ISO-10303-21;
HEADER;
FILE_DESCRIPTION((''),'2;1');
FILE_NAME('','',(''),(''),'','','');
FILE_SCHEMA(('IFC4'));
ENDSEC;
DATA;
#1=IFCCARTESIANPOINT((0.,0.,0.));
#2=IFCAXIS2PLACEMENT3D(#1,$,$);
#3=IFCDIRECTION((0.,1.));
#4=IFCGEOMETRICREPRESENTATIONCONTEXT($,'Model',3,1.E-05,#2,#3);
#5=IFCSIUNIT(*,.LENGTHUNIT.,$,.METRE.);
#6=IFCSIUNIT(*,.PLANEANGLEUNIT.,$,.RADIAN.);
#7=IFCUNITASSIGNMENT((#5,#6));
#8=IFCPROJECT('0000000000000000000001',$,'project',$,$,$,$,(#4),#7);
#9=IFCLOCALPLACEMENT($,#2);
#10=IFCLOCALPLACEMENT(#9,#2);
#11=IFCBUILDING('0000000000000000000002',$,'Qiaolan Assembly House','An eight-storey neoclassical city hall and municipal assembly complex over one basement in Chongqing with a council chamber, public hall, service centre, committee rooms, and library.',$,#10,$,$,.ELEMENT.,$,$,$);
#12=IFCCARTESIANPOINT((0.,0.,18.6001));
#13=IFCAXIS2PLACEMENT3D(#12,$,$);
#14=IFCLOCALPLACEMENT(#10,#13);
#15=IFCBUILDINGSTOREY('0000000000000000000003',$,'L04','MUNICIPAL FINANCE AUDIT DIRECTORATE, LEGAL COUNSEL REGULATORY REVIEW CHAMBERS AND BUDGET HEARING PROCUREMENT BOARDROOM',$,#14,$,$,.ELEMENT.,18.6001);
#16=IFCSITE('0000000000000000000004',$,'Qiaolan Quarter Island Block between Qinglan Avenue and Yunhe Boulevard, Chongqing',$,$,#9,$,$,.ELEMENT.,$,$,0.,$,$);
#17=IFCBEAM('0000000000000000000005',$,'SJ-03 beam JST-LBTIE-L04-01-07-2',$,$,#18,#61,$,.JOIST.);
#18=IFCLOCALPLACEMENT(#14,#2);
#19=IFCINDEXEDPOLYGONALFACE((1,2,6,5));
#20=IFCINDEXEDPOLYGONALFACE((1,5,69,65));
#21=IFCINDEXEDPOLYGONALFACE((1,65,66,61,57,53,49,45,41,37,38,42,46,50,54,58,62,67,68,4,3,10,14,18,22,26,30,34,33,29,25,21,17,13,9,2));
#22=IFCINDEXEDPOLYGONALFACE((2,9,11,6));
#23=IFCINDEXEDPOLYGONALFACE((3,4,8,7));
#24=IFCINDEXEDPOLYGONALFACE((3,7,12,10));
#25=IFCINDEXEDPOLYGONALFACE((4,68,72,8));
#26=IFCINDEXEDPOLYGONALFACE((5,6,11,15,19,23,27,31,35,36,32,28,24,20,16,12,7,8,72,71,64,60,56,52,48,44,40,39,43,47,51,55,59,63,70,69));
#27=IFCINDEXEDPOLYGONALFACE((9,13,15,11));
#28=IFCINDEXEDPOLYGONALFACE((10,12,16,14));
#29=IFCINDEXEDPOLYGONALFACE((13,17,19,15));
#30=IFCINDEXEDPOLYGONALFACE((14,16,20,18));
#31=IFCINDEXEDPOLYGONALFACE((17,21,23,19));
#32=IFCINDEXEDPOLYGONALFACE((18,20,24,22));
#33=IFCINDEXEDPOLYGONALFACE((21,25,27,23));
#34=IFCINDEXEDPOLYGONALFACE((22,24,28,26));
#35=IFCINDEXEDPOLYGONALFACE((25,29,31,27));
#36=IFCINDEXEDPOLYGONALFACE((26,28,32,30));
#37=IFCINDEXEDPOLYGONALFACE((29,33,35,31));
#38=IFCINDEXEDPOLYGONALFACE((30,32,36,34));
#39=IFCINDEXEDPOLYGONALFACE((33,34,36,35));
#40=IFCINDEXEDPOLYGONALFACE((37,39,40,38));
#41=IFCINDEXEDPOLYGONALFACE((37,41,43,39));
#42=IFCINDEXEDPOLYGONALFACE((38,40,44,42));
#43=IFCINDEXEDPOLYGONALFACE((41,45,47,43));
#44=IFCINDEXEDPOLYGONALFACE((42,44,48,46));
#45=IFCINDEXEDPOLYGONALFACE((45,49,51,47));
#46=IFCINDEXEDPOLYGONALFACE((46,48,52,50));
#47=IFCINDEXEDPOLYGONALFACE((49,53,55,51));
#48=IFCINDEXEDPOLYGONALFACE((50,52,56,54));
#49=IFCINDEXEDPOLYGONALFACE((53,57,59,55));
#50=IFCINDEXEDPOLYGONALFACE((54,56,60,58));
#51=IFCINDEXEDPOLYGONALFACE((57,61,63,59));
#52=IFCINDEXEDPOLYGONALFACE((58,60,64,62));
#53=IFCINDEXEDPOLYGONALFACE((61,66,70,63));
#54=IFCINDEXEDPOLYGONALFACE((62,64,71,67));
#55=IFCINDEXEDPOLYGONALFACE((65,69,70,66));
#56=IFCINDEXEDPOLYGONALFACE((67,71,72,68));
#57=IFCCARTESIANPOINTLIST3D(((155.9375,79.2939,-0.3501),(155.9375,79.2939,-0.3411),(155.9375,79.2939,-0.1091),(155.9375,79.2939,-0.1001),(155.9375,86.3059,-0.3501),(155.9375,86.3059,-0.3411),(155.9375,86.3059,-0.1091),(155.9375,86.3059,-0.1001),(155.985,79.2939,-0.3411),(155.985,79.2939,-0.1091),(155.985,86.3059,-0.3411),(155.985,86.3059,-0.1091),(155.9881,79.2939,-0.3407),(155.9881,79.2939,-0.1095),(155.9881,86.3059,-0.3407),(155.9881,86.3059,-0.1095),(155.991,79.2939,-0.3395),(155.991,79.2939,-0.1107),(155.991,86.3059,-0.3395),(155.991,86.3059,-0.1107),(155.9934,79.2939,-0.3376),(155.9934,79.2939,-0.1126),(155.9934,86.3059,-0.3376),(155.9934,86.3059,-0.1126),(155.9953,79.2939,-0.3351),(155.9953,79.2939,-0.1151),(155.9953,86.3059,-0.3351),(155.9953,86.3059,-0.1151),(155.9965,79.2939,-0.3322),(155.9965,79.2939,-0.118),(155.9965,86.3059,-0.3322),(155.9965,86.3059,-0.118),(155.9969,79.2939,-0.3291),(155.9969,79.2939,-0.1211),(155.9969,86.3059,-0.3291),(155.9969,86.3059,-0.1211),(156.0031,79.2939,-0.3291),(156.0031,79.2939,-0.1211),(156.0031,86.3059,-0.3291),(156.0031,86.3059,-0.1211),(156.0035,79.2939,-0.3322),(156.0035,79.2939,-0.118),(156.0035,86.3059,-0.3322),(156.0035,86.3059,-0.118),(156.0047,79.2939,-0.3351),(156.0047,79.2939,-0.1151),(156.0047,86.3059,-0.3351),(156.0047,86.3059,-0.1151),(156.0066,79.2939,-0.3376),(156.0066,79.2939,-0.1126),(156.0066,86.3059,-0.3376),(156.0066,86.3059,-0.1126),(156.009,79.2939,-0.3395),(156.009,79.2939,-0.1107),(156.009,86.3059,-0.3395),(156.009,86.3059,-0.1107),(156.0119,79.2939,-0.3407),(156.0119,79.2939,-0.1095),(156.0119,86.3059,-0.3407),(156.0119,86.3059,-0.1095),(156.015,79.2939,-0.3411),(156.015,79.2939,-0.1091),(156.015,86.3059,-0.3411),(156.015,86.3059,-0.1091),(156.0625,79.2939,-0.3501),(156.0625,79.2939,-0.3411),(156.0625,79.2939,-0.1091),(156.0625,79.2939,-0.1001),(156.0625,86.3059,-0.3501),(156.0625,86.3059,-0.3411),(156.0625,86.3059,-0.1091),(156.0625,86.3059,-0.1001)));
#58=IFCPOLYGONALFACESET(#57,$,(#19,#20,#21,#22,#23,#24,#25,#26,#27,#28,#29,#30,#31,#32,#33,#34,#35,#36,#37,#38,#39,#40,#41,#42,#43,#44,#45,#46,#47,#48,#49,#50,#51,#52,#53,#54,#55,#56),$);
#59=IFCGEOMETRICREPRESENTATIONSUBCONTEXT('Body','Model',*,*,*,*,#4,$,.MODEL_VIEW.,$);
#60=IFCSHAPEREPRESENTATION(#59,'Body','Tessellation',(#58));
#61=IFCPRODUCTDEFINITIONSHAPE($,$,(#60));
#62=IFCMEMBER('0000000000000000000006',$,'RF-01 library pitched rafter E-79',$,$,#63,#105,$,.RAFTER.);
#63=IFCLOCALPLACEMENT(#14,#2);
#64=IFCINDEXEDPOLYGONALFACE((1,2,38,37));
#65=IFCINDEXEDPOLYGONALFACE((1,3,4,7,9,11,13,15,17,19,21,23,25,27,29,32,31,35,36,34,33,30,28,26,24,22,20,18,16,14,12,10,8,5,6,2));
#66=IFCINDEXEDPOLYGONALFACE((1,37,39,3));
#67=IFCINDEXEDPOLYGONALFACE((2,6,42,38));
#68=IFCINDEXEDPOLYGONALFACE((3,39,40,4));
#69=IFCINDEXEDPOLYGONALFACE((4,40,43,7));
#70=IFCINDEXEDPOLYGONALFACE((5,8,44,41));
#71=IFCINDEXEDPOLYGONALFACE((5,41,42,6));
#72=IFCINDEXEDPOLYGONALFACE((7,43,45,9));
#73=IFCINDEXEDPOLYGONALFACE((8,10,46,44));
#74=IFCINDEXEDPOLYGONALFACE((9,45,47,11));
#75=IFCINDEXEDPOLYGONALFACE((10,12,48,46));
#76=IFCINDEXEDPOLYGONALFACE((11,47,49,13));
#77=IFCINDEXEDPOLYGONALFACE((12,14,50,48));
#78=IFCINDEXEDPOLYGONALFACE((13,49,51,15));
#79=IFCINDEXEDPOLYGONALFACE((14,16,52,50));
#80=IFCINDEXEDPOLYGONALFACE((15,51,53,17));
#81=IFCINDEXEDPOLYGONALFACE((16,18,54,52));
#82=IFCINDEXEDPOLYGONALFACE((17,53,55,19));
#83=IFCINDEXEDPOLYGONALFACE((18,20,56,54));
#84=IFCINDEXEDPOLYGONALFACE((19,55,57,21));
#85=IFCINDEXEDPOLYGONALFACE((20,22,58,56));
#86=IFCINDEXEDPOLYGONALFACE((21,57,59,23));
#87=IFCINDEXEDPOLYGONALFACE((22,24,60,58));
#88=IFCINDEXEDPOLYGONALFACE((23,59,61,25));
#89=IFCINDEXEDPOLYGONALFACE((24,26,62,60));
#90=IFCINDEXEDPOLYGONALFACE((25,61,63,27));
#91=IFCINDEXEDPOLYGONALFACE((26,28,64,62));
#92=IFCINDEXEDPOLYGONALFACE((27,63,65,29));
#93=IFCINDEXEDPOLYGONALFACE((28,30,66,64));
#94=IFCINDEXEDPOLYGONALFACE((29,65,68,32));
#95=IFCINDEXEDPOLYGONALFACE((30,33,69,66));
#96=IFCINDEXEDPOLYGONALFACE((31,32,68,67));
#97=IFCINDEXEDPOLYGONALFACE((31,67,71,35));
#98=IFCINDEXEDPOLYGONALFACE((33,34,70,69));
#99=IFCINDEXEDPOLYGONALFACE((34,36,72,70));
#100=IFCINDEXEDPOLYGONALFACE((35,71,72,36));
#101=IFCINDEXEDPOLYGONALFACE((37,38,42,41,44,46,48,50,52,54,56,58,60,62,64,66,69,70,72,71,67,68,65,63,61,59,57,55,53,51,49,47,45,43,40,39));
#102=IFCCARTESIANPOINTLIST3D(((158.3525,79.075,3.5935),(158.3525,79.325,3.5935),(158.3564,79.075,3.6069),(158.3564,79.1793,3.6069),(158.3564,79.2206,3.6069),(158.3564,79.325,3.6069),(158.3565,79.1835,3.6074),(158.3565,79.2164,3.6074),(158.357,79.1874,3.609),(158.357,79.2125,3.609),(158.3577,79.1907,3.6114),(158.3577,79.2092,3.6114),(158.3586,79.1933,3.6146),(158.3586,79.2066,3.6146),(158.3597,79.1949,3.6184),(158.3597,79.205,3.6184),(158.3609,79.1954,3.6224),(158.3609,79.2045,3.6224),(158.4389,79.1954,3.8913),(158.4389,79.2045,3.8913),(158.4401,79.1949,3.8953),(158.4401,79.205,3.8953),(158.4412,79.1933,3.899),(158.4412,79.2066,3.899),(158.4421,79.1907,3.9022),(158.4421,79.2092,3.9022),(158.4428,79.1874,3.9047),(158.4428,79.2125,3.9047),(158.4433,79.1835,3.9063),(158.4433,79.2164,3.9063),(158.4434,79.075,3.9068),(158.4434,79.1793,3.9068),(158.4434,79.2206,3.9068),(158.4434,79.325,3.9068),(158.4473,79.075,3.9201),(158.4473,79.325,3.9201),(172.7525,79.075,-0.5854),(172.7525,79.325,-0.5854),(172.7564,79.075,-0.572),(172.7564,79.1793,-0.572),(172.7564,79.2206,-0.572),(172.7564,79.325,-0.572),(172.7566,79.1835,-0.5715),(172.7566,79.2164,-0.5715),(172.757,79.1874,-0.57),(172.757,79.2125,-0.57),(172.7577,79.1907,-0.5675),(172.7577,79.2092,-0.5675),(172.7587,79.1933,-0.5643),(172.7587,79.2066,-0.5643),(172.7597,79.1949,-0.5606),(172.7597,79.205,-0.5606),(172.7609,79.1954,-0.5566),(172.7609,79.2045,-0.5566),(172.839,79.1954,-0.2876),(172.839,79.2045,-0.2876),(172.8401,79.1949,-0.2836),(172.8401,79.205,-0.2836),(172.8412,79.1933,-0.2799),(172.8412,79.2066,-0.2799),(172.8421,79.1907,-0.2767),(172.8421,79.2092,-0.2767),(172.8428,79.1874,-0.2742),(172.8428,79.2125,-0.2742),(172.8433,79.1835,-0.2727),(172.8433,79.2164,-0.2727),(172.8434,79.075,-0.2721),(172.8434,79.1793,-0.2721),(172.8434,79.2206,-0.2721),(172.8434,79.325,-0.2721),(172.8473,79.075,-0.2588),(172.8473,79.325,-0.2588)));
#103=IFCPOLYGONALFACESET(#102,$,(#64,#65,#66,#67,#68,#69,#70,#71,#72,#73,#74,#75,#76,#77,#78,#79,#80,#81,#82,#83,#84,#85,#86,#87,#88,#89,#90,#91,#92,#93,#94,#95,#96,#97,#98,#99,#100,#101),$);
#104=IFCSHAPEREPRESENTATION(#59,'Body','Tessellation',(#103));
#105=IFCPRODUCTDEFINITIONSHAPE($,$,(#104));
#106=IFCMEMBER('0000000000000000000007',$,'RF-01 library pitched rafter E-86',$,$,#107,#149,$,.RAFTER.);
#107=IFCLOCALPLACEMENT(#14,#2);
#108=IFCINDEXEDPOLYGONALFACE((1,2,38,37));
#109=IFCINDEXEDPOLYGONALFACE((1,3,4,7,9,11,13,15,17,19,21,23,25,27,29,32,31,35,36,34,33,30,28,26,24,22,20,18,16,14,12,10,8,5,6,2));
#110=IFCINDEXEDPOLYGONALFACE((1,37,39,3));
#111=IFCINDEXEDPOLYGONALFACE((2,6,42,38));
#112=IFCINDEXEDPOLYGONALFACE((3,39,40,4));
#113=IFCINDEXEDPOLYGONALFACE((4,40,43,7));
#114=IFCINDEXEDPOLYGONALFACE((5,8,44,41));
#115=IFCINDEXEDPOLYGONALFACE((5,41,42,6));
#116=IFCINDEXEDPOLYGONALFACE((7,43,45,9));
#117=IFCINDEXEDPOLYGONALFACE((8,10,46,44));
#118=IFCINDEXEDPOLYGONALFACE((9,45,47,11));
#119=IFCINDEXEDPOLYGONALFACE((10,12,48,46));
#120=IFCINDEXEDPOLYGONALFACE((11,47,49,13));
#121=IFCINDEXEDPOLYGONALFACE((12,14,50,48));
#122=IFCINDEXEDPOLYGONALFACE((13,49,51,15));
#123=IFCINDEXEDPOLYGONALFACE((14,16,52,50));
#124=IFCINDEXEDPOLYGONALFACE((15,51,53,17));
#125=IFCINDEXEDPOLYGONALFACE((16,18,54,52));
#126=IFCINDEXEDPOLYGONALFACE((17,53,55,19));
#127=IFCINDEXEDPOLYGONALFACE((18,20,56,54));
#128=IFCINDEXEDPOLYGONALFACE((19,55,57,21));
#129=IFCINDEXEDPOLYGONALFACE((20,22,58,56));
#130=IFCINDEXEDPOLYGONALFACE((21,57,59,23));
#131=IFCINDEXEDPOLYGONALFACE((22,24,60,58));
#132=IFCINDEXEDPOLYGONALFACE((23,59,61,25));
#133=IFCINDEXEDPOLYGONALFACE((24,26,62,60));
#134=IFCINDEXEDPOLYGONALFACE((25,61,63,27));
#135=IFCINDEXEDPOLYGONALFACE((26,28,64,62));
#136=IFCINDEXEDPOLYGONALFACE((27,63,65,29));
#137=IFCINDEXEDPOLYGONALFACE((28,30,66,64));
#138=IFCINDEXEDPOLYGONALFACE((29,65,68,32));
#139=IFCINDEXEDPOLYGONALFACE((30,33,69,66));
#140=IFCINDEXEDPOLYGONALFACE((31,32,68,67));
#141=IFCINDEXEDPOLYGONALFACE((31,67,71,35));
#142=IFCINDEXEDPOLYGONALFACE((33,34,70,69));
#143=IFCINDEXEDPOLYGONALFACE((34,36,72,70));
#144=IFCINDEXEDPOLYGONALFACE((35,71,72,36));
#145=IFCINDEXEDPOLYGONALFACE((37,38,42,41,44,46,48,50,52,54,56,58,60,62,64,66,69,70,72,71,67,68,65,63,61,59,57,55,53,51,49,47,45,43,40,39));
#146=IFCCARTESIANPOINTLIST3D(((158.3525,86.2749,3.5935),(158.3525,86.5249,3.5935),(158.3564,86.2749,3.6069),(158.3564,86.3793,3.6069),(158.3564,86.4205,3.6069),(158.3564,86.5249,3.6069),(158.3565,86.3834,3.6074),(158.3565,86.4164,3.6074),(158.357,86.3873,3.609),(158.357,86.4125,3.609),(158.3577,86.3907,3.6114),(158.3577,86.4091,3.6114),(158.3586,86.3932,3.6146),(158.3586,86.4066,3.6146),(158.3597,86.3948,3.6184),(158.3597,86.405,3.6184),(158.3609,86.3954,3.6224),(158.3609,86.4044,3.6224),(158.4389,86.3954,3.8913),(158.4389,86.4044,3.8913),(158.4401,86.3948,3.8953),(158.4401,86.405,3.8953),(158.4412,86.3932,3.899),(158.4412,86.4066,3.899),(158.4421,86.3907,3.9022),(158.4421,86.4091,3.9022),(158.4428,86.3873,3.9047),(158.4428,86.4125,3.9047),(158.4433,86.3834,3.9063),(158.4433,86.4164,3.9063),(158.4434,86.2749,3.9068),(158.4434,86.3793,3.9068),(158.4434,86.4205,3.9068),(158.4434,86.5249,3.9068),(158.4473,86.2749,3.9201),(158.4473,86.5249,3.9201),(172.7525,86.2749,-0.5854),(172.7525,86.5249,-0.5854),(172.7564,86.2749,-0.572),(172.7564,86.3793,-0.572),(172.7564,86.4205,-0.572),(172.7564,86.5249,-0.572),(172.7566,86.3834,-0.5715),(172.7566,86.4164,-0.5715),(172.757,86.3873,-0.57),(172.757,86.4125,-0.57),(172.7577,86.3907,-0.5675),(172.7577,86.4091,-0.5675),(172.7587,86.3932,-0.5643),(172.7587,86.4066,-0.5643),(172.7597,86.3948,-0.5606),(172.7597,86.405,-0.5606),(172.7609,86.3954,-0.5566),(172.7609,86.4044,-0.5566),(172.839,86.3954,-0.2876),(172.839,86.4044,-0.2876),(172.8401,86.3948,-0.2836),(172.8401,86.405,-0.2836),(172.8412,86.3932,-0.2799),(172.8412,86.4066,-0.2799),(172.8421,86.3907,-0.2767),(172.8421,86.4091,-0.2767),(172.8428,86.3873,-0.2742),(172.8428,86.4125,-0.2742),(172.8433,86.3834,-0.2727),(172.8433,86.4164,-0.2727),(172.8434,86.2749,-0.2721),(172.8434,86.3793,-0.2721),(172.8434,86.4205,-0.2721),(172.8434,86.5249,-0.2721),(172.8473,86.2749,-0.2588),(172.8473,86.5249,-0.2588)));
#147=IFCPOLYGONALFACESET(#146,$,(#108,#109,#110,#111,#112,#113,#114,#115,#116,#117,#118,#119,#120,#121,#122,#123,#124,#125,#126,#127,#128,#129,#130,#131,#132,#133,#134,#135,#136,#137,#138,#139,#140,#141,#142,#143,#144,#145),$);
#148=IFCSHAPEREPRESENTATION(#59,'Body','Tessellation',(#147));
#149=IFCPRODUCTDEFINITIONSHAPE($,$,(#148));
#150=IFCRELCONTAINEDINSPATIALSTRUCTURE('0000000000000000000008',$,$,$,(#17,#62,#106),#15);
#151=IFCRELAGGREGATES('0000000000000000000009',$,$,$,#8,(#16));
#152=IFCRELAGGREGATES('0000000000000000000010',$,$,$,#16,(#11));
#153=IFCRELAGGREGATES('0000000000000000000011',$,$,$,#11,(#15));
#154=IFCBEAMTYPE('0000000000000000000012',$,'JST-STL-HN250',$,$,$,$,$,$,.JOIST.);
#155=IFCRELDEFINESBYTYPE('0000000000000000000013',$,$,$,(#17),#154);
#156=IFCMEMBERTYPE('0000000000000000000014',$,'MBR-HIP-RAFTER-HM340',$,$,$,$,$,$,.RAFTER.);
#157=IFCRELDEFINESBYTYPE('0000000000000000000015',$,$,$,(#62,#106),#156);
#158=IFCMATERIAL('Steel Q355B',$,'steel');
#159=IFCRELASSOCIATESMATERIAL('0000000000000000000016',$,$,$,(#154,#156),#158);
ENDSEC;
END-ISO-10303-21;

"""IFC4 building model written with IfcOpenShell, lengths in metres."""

from ifc_helpers import new_model, si_unit, direction, frame, origin, origin_2d, place, context, subcontext, project, spatial, i_section, extrude, material, material_profile, profile_set, type_object, element, save


model = new_model("IFC4")

# Units and contexts
model_context = context("Model", 3, precision=1e-05, world=origin(), true_north=direction((0.0, 1.0)))
body_context = subcontext(model_context, "Body", "Model", "MODEL_VIEW")
ifc_project = project(units=[si_unit("LENGTHUNIT", "METRE"), si_unit("PLANEANGLEUNIT", "RADIAN")], contexts=[model_context])

# Site, building, storey
site_placement = place(None, origin())
site = spatial("IfcSite", under=ifc_project, at=site_placement, Name="Qiaolan Quarter Island Block between Qinglan Avenue and Yunhe Boulevard, Chongqing", CompositionType="ELEMENT", RefElevation=0.0)
building_placement = place(site_placement, origin())
building = spatial("IfcBuilding", under=site, at=building_placement, Name="Qiaolan Assembly House", Description="An eight-storey neoclassical city hall and municipal assembly complex over one basement in Chongqing with a council chamber, public hall, service centre, committee rooms, and library.", CompositionType="ELEMENT")
storey_placement = place(building_placement, frame((0.0, 0.0, 18.6001)))
storey = spatial("IfcBuildingStorey", under=building, at=storey_placement, Name="L04", Description="MUNICIPAL FINANCE AUDIT DIRECTORATE, LEGAL COUNSEL REGULATORY REVIEW CHAMBERS AND BUDGET HEARING PROCUREMENT BOARDROOM", CompositionType="ELEMENT", Elevation=18.6001)

# Shared definitions
ifc_material = material(Name="Steel Q355B", Category="steel")

# Beam
ifc_material_profile_1 = material_profile(ifc_material, i_section(OverallWidth=0.125, OverallDepth=0.25, WebThickness=0.0061, FlangeThickness=0.009, FilletRadius=0.012, at=origin_2d()), Name="HN 250x125x6x9")
ifc_profile_set_1 = profile_set([ifc_material_profile_1], Name="Steel Q355B")
beam_type_1 = type_object("IfcBeamType", Name="JST-STL-HN250", PredefinedType="JOIST", material=ifc_profile_set_1)
for number, where, z_axis, x_axis, name in (
    (1, (156.0, 79.2939, -0.2251), (0.0, 1.0, 0.0), (-1.0, 0.0, 0.0), "SJ-03 beam JST-LBTIE-L04-01-07-2"),
):
    element("IfcBeam", number, at=place(storey_placement, frame(where, z_axis=z_axis, x_axis=x_axis)), inside=storey, type_object=beam_type_1, Name=name, PredefinedType="JOIST", context=body_context, shape_type="SweptSolid", body=[
        extrude(i_section(OverallWidth=0.125, OverallDepth=0.25, WebThickness=0.0061, FlangeThickness=0.009, FilletRadius=0.012, at=origin_2d()), origin(), (0.0, 0.0, 1.0), 7.012),
    ])

# Members
ifc_material_profile_2 = material_profile(ifc_material, i_section(OverallWidth=0.25, OverallDepth=0.3401, WebThickness=0.009, FlangeThickness=0.0139, FilletRadius=0.0161, at=origin_2d()), Name="HM 340x250x9x14-RF")
ifc_profile_set_2 = profile_set([ifc_material_profile_2], Name="Steel Q355B")
member_type_1 = type_object("IfcMemberType", Name="MBR-HIP-RAFTER-HM340", PredefinedType="RAFTER", material=ifc_profile_set_2)
for number, where, z_axis, x_axis, name in (
    (2, (158.3999, 79.2, 3.7568), (0.960377, 0.0, -0.278704), (0.0, 1.0, 0.0), "RF-01 library pitched rafter E-79"),
    (3, (158.3999, 86.3999, 3.7568), (0.960377, 0.0, -0.278704), (0.0, 1.0, 0.0), "RF-01 library pitched rafter E-86"),
):
    element("IfcMember", number, at=place(storey_placement, frame(where, z_axis=z_axis, x_axis=x_axis)), inside=storey, type_object=member_type_1, Name=name, PredefinedType="RAFTER", context=body_context, shape_type="SweptSolid", body=[
        extrude(i_section(OverallWidth=0.25, OverallDepth=0.3401, WebThickness=0.009, FlangeThickness=0.0139, FilletRadius=0.0161, at=origin_2d()), origin(), (0.0, 0.0, 1.0), 14.9941),
    ])

save(model, "model.ifc")
